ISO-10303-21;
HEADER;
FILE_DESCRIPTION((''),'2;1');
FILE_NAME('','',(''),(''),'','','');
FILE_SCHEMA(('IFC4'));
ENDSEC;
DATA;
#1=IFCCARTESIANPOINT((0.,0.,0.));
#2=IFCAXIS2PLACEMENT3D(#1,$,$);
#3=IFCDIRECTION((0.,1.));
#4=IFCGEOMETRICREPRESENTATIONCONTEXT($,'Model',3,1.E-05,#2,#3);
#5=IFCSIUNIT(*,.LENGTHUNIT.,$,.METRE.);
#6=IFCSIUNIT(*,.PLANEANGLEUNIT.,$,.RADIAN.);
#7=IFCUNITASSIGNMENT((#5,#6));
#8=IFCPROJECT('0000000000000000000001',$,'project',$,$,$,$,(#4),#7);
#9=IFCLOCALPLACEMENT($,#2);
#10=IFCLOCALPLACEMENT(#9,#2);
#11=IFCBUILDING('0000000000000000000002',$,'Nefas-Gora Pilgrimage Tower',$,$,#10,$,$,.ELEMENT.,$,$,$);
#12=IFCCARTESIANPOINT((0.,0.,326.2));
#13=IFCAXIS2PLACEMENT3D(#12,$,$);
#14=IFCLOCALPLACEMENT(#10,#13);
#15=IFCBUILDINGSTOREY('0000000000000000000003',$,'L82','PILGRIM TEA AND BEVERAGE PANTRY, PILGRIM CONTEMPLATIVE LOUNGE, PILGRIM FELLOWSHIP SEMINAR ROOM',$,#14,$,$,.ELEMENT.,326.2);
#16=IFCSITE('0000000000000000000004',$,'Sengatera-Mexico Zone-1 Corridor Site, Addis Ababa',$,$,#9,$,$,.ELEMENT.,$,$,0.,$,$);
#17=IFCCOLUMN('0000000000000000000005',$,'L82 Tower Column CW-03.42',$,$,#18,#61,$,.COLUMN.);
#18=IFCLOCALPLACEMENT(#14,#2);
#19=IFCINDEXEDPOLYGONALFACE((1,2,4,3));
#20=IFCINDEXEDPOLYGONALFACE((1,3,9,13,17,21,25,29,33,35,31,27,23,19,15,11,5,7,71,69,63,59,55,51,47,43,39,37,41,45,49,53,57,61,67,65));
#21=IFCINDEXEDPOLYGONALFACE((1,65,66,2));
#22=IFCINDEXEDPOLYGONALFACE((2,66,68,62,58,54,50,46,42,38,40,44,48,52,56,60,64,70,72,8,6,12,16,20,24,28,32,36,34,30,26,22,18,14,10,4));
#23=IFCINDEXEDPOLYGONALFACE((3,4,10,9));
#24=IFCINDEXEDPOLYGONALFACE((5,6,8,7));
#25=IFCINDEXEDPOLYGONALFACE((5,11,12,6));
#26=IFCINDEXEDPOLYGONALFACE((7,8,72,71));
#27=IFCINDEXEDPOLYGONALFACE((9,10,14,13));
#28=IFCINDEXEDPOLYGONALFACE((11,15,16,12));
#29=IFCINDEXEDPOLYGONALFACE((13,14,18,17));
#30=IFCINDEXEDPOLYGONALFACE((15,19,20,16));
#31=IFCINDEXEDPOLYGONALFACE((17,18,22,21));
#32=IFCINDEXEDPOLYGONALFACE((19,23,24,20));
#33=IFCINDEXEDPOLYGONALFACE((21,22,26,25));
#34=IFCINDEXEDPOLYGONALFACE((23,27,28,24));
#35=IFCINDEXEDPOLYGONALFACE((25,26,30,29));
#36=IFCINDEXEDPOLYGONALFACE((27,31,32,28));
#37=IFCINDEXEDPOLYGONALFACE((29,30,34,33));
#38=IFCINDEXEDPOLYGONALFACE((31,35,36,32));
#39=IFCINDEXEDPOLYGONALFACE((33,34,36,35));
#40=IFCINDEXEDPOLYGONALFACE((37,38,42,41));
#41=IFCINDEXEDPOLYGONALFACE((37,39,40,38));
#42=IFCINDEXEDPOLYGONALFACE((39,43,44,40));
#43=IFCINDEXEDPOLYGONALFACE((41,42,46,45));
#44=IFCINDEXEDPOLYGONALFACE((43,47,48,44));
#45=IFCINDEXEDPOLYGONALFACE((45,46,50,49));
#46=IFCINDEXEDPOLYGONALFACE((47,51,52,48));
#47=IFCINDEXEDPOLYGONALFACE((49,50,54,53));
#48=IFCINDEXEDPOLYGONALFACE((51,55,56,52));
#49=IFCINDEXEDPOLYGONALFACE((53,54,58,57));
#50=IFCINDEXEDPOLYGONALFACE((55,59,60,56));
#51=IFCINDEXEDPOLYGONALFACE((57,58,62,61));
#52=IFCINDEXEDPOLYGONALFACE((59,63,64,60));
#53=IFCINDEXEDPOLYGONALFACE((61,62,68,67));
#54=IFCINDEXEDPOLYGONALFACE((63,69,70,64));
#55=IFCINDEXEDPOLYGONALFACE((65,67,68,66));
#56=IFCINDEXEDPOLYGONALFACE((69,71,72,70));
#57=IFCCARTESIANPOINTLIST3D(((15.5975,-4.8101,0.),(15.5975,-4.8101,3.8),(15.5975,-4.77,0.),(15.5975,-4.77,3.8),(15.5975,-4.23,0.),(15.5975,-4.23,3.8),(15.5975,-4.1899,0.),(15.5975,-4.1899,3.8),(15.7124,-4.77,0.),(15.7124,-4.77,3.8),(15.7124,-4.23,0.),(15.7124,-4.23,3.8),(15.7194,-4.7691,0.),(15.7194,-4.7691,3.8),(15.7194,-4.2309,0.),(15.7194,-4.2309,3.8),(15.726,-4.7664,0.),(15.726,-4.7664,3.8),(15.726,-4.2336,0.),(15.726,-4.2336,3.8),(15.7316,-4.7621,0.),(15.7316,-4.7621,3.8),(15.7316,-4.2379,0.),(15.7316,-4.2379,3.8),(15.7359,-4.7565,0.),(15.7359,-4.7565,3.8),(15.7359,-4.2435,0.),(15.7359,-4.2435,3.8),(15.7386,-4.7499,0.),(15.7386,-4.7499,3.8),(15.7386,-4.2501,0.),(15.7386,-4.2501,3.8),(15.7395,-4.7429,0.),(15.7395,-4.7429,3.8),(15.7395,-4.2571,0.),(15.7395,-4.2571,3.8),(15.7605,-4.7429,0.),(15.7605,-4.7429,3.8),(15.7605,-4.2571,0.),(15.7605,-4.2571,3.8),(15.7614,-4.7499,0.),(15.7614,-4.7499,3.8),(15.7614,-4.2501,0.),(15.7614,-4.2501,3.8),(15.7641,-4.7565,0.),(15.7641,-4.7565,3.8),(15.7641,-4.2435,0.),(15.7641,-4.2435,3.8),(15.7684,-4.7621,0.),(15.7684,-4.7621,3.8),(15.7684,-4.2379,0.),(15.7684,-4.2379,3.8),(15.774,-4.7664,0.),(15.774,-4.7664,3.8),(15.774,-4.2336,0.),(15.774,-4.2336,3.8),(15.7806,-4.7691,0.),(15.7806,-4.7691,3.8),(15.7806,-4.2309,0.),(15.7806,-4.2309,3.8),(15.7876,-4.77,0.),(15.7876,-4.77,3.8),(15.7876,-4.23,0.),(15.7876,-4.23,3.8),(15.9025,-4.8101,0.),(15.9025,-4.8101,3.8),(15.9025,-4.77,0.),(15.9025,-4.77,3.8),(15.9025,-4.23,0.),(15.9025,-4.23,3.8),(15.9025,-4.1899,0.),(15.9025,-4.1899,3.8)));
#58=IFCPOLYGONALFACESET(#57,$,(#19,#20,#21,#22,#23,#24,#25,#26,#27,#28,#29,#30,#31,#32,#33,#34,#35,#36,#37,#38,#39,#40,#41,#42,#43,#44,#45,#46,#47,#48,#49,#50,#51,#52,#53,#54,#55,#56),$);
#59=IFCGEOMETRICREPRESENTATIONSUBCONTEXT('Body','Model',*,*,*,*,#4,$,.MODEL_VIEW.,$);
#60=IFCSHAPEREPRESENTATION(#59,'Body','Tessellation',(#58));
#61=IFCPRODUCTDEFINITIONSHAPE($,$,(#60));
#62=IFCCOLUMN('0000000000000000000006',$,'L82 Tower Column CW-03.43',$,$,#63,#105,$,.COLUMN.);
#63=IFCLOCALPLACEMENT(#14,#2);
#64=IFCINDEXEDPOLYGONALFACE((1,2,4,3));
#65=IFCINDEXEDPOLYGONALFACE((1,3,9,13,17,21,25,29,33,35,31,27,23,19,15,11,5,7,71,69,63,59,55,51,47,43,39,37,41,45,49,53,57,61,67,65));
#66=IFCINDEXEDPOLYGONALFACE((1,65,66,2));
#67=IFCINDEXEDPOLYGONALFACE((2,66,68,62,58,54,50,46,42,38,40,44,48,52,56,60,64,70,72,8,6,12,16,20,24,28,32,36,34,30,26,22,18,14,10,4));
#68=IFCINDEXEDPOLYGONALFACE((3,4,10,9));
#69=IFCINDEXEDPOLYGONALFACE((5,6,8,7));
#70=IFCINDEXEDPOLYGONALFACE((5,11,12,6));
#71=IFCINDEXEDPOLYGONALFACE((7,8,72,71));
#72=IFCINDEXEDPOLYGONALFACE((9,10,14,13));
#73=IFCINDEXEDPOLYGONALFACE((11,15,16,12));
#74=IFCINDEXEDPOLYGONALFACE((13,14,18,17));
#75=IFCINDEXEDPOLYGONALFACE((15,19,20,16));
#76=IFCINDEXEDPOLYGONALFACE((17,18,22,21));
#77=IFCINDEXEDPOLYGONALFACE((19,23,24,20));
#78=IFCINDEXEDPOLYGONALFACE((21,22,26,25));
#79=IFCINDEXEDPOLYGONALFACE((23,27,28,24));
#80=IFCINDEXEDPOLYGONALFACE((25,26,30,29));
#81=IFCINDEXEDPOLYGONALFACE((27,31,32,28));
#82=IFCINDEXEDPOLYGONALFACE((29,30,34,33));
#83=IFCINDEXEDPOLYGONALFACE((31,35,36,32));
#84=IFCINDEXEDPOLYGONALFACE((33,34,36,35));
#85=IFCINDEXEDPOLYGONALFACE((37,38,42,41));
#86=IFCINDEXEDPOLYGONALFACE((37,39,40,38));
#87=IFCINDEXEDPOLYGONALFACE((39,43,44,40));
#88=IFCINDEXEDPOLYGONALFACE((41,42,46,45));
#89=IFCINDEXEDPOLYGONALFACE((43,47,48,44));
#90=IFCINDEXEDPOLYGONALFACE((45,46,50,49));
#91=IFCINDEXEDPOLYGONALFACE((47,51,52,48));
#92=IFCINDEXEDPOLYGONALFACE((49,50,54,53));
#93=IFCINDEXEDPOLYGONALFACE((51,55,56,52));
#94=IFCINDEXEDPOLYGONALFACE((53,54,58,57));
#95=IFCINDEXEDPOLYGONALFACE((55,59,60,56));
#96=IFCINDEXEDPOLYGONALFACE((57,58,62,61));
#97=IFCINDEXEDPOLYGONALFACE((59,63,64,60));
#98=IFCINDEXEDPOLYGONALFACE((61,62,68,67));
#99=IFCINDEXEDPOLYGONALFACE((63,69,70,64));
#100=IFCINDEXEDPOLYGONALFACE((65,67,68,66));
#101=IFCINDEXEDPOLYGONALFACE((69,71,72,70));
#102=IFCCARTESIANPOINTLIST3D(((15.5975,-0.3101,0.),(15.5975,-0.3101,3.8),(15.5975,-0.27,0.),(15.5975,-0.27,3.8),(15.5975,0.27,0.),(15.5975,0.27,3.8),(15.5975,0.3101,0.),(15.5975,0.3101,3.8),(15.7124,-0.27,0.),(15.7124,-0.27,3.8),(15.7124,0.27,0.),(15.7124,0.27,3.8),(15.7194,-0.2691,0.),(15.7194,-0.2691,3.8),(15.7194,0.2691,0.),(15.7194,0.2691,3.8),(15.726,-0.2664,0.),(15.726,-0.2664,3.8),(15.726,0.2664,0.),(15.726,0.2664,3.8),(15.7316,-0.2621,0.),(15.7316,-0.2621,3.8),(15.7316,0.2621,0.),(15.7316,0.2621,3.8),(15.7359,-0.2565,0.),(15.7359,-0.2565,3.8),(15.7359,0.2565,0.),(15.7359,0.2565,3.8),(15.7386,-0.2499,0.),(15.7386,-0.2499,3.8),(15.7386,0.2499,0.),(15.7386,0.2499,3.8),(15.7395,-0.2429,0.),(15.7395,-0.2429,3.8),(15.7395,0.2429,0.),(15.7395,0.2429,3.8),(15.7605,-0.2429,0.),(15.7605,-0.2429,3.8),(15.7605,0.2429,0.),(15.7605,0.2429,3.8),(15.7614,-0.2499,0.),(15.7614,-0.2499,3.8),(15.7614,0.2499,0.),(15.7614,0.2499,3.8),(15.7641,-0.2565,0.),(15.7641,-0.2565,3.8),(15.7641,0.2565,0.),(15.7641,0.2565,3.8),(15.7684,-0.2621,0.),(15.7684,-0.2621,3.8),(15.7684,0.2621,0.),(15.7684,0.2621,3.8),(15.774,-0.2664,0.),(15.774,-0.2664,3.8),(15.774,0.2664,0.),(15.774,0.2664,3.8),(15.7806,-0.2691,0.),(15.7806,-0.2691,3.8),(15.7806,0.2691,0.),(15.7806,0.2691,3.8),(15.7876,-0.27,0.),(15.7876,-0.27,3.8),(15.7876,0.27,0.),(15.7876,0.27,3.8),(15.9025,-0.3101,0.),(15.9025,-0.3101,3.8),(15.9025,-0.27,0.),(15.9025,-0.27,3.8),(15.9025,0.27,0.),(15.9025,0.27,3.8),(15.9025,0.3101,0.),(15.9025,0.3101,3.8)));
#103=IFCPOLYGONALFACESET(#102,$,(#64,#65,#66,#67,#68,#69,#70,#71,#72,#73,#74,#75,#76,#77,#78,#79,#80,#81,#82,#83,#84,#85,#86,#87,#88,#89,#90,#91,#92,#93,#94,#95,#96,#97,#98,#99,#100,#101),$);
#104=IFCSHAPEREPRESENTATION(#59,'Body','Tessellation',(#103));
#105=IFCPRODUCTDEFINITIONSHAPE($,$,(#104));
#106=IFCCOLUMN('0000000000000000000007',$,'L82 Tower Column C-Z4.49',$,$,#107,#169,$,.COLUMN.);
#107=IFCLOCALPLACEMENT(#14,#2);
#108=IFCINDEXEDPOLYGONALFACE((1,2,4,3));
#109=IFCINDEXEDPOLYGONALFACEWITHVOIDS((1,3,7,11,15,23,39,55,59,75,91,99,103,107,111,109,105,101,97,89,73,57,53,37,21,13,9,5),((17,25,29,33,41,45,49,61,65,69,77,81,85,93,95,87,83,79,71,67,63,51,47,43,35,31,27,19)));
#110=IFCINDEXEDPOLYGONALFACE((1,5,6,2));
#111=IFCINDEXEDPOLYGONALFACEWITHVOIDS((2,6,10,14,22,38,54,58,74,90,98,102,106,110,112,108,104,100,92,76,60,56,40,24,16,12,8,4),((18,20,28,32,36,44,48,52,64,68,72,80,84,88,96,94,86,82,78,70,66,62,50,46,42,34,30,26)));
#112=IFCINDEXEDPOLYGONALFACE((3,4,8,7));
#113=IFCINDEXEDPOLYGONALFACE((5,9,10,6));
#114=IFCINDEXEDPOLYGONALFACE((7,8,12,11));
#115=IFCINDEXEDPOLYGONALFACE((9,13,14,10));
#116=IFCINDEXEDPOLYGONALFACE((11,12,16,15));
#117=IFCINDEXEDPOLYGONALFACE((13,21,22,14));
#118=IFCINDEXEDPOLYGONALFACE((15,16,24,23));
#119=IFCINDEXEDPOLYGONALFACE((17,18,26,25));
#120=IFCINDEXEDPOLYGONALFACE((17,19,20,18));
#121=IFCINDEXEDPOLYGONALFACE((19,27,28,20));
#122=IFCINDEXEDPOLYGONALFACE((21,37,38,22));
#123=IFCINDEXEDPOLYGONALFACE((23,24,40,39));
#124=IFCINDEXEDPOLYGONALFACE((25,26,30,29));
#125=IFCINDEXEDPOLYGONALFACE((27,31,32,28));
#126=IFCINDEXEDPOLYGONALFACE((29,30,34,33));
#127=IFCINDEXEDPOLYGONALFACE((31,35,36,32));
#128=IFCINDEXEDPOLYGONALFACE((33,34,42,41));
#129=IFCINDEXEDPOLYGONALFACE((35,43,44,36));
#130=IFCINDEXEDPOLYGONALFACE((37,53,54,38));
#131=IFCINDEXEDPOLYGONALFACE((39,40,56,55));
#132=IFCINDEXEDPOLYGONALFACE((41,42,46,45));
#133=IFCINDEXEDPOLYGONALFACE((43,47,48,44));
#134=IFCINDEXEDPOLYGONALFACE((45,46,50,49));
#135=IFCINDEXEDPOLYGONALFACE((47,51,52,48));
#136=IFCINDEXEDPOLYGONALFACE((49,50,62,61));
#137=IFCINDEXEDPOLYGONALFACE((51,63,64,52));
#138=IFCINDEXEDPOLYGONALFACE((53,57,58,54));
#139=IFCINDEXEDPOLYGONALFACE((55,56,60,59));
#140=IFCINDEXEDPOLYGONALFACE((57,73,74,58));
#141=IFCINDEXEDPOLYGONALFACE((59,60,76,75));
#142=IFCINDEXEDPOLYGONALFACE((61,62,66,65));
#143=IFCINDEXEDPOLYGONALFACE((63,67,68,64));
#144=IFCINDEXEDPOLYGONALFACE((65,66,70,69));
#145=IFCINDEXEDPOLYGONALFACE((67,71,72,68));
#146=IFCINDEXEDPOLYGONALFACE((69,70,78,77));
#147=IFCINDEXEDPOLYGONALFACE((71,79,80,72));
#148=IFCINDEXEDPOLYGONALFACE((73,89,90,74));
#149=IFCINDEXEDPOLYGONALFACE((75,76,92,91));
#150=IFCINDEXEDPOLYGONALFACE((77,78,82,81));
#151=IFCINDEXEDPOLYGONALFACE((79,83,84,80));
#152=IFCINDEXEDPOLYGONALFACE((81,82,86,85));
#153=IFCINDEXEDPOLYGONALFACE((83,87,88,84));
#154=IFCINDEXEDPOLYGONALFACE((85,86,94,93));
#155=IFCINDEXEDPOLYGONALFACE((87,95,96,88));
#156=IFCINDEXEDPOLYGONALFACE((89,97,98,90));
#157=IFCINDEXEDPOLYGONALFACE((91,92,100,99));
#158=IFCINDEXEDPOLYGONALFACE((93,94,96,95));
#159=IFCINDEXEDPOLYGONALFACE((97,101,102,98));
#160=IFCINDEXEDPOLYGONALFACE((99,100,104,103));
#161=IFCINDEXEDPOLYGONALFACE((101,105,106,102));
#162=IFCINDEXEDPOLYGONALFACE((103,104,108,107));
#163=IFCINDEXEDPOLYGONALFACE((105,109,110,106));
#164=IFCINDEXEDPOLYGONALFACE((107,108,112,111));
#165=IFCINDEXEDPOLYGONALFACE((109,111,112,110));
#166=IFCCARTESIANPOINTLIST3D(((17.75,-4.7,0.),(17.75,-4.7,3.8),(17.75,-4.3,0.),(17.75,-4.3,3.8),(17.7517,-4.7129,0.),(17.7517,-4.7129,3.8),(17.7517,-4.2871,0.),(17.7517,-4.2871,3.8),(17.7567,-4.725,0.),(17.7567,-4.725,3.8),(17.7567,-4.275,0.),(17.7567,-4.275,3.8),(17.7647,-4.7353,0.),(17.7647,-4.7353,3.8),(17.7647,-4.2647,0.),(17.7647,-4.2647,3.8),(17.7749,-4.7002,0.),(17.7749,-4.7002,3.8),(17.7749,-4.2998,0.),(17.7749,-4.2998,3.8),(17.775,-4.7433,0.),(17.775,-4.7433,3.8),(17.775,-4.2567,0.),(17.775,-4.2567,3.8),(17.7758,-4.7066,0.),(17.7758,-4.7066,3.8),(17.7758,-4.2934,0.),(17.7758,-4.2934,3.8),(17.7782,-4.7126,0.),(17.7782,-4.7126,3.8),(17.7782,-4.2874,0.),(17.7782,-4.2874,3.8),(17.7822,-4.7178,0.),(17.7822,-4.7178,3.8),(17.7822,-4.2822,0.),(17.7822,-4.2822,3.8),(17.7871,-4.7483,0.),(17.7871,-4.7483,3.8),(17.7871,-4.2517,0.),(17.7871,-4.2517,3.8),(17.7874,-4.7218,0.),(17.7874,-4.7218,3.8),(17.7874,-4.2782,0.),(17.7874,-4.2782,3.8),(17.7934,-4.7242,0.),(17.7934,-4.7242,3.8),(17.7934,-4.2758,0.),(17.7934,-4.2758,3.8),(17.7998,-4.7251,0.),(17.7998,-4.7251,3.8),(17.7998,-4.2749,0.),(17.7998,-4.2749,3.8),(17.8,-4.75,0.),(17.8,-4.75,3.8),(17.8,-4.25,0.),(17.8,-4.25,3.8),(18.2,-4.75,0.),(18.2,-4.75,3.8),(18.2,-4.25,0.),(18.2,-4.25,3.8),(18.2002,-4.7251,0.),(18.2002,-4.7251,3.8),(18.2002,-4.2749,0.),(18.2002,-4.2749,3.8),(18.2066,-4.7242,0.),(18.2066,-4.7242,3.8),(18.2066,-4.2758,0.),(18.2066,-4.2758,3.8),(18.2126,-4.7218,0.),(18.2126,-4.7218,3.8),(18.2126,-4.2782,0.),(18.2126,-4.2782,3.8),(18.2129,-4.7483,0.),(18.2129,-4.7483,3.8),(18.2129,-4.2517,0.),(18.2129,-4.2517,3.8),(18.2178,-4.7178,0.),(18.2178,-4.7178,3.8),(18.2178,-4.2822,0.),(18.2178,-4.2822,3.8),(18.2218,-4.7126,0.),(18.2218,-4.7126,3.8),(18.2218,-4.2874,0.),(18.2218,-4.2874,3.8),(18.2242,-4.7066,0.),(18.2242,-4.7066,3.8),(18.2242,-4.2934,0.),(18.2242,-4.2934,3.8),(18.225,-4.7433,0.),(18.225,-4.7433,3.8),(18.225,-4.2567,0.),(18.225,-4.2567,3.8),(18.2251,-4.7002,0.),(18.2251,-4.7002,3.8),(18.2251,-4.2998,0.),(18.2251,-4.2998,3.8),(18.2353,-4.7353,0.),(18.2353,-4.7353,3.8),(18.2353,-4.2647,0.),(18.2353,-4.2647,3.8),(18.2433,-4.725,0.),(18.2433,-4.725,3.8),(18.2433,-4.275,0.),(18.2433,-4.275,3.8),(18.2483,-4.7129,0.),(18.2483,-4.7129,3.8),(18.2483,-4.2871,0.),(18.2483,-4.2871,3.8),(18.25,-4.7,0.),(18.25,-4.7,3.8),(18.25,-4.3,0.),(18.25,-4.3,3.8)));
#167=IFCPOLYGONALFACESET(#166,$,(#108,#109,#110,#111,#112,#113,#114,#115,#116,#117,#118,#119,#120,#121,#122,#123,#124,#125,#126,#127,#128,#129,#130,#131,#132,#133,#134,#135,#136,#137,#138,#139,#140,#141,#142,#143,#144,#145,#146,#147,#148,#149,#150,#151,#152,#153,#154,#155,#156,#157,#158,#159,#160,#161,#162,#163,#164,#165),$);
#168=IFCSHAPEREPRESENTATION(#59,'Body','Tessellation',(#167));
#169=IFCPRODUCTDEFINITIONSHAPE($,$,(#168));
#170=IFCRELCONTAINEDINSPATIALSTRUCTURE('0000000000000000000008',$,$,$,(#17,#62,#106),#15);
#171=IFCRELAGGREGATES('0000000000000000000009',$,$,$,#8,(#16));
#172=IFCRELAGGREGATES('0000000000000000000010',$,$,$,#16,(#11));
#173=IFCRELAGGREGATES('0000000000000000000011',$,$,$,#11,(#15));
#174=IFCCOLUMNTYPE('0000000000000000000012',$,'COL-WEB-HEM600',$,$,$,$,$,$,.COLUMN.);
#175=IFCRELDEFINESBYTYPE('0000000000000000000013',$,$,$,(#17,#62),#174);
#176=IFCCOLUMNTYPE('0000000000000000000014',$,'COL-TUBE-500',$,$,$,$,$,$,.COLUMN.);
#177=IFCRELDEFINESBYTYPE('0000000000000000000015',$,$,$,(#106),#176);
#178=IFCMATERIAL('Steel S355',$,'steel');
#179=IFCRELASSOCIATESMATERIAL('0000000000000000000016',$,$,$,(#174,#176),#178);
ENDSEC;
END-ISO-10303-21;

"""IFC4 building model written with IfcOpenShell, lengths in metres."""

from ifc_helpers import new_model, si_unit, direction, frame, origin, origin_2d, place, context, subcontext, project, spatial, hollow_rectangle, i_section, extrude, source, transform, mapped, material, material_profile, profile_set, type_object, element, save


model = new_model("IFC4")

# Units and contexts
model_context = context("Model", 3, precision=1e-05, world=origin(), true_north=direction((0.0, 1.0)))
body_context = subcontext(model_context, "Body", "Model", "MODEL_VIEW")
ifc_project = project(units=[si_unit("LENGTHUNIT", "METRE"), si_unit("PLANEANGLEUNIT", "RADIAN")], contexts=[model_context])

# Site, building, storey
site_placement = place(None, origin())
site = spatial("IfcSite", under=ifc_project, at=site_placement, Name="Sengatera-Mexico Zone-1 Corridor Site, Addis Ababa", CompositionType="ELEMENT", RefElevation=0.0)
building_placement = place(site_placement, origin())
building = spatial("IfcBuilding", under=site, at=building_placement, Name="Nefas-Gora Pilgrimage Tower", CompositionType="ELEMENT")
storey_placement = place(building_placement, frame((0.0, 0.0, 326.2)))
storey = spatial("IfcBuildingStorey", under=building, at=storey_placement, Name="L82", Description="PILGRIM TEA AND BEVERAGE PANTRY, PILGRIM CONTEMPLATIVE LOUNGE, PILGRIM FELLOWSHIP SEMINAR ROOM", CompositionType="ELEMENT", Elevation=326.2)

# Columns
ifc_material_1 = material(Name="Steel S355", Category="steel")
ifc_material_profile_1 = material_profile(ifc_material_1, i_section(OverallWidth=0.3049, OverallDepth=0.6201, WebThickness=0.021, FlangeThickness=0.04, FilletRadius=0.0271, at=origin_2d()), Name="HEM 600")
ifc_profile_set_1 = profile_set([ifc_material_profile_1], Name="Steel S355")
column_type_1 = type_object("IfcColumnType", Name="COL-WEB-HEM600", PredefinedType="COLUMN", material=ifc_profile_set_1)
shared_shape_1 = source(origin(), body_context, "Body", "SweptSolid", [
    extrude(i_section(OverallWidth=0.3049, OverallDepth=0.6201, WebThickness=0.021, FlangeThickness=0.04, FilletRadius=0.0271, at=origin_2d()), origin(), (0.0, 0.0, 1.0), 3.8),
])
for number, where, z_axis, x_axis, name in (
    (1, (15.75, -4.5, 0.0), (0.0, 0.0, 1.0), (1.0, 0.0, 0.0), "L82 Tower Column CW-03.42"),
    (2, (15.75, 0.0, 0.0), (0.0, 0.0, 1.0), (1.0, 0.0, 0.0), "L82 Tower Column CW-03.43"),
):
    element("IfcColumn", number, at=place(storey_placement, frame(where, z_axis=z_axis, x_axis=x_axis)), inside=storey, type_object=column_type_1, Name=name, PredefinedType="COLUMN", context=body_context, shape_type="MappedRepresentation", body=[
        mapped(shared_shape_1, transform((0.0, 0.0, 0.0), x_axis=(1.0, 0.0, 0.0), y_axis=(0.0, 1.0, 0.0), z_axis=(0.0, 0.0, 1.0), scale=1.0)),
    ])
ifc_material_profile_2 = material_profile(ifc_material_1, hollow_rectangle(XDim=0.5, YDim=0.5, WallThickness=0.0249, InnerFilletRadius=0.0249, OuterFilletRadius=0.05, at=origin_2d()), Name="SHS 500x500x25")
ifc_profile_set_2 = profile_set([ifc_material_profile_2], Name="Steel S355")
column_type_2 = type_object("IfcColumnType", Name="COL-TUBE-500", PredefinedType="COLUMN", material=ifc_profile_set_2)
shared_shape_2 = source(origin(), body_context, "Body", "SweptSolid", [
    extrude(hollow_rectangle(XDim=0.5, YDim=0.5, WallThickness=0.0249, InnerFilletRadius=0.0249, OuterFilletRadius=0.05, at=origin_2d()), origin(), (0.0, 0.0, 1.0), 3.8),
])
for number, where, z_axis, x_axis, name in (
    (3, (18.0, -4.5, 0.0), (0.0, 0.0, 1.0), (1.0, 0.0, 0.0), "L82 Tower Column C-Z4.49"),
):
    element("IfcColumn", number, at=place(storey_placement, frame(where, z_axis=z_axis, x_axis=x_axis)), inside=storey, type_object=column_type_2, Name=name, PredefinedType="COLUMN", context=body_context, shape_type="MappedRepresentation", body=[
        mapped(shared_shape_2, transform((0.0, 0.0, 0.0), x_axis=(1.0, 0.0, 0.0), y_axis=(0.0, 1.0, 0.0), z_axis=(0.0, 0.0, 1.0), scale=1.0)),
    ])

save(model, "model.ifc")
